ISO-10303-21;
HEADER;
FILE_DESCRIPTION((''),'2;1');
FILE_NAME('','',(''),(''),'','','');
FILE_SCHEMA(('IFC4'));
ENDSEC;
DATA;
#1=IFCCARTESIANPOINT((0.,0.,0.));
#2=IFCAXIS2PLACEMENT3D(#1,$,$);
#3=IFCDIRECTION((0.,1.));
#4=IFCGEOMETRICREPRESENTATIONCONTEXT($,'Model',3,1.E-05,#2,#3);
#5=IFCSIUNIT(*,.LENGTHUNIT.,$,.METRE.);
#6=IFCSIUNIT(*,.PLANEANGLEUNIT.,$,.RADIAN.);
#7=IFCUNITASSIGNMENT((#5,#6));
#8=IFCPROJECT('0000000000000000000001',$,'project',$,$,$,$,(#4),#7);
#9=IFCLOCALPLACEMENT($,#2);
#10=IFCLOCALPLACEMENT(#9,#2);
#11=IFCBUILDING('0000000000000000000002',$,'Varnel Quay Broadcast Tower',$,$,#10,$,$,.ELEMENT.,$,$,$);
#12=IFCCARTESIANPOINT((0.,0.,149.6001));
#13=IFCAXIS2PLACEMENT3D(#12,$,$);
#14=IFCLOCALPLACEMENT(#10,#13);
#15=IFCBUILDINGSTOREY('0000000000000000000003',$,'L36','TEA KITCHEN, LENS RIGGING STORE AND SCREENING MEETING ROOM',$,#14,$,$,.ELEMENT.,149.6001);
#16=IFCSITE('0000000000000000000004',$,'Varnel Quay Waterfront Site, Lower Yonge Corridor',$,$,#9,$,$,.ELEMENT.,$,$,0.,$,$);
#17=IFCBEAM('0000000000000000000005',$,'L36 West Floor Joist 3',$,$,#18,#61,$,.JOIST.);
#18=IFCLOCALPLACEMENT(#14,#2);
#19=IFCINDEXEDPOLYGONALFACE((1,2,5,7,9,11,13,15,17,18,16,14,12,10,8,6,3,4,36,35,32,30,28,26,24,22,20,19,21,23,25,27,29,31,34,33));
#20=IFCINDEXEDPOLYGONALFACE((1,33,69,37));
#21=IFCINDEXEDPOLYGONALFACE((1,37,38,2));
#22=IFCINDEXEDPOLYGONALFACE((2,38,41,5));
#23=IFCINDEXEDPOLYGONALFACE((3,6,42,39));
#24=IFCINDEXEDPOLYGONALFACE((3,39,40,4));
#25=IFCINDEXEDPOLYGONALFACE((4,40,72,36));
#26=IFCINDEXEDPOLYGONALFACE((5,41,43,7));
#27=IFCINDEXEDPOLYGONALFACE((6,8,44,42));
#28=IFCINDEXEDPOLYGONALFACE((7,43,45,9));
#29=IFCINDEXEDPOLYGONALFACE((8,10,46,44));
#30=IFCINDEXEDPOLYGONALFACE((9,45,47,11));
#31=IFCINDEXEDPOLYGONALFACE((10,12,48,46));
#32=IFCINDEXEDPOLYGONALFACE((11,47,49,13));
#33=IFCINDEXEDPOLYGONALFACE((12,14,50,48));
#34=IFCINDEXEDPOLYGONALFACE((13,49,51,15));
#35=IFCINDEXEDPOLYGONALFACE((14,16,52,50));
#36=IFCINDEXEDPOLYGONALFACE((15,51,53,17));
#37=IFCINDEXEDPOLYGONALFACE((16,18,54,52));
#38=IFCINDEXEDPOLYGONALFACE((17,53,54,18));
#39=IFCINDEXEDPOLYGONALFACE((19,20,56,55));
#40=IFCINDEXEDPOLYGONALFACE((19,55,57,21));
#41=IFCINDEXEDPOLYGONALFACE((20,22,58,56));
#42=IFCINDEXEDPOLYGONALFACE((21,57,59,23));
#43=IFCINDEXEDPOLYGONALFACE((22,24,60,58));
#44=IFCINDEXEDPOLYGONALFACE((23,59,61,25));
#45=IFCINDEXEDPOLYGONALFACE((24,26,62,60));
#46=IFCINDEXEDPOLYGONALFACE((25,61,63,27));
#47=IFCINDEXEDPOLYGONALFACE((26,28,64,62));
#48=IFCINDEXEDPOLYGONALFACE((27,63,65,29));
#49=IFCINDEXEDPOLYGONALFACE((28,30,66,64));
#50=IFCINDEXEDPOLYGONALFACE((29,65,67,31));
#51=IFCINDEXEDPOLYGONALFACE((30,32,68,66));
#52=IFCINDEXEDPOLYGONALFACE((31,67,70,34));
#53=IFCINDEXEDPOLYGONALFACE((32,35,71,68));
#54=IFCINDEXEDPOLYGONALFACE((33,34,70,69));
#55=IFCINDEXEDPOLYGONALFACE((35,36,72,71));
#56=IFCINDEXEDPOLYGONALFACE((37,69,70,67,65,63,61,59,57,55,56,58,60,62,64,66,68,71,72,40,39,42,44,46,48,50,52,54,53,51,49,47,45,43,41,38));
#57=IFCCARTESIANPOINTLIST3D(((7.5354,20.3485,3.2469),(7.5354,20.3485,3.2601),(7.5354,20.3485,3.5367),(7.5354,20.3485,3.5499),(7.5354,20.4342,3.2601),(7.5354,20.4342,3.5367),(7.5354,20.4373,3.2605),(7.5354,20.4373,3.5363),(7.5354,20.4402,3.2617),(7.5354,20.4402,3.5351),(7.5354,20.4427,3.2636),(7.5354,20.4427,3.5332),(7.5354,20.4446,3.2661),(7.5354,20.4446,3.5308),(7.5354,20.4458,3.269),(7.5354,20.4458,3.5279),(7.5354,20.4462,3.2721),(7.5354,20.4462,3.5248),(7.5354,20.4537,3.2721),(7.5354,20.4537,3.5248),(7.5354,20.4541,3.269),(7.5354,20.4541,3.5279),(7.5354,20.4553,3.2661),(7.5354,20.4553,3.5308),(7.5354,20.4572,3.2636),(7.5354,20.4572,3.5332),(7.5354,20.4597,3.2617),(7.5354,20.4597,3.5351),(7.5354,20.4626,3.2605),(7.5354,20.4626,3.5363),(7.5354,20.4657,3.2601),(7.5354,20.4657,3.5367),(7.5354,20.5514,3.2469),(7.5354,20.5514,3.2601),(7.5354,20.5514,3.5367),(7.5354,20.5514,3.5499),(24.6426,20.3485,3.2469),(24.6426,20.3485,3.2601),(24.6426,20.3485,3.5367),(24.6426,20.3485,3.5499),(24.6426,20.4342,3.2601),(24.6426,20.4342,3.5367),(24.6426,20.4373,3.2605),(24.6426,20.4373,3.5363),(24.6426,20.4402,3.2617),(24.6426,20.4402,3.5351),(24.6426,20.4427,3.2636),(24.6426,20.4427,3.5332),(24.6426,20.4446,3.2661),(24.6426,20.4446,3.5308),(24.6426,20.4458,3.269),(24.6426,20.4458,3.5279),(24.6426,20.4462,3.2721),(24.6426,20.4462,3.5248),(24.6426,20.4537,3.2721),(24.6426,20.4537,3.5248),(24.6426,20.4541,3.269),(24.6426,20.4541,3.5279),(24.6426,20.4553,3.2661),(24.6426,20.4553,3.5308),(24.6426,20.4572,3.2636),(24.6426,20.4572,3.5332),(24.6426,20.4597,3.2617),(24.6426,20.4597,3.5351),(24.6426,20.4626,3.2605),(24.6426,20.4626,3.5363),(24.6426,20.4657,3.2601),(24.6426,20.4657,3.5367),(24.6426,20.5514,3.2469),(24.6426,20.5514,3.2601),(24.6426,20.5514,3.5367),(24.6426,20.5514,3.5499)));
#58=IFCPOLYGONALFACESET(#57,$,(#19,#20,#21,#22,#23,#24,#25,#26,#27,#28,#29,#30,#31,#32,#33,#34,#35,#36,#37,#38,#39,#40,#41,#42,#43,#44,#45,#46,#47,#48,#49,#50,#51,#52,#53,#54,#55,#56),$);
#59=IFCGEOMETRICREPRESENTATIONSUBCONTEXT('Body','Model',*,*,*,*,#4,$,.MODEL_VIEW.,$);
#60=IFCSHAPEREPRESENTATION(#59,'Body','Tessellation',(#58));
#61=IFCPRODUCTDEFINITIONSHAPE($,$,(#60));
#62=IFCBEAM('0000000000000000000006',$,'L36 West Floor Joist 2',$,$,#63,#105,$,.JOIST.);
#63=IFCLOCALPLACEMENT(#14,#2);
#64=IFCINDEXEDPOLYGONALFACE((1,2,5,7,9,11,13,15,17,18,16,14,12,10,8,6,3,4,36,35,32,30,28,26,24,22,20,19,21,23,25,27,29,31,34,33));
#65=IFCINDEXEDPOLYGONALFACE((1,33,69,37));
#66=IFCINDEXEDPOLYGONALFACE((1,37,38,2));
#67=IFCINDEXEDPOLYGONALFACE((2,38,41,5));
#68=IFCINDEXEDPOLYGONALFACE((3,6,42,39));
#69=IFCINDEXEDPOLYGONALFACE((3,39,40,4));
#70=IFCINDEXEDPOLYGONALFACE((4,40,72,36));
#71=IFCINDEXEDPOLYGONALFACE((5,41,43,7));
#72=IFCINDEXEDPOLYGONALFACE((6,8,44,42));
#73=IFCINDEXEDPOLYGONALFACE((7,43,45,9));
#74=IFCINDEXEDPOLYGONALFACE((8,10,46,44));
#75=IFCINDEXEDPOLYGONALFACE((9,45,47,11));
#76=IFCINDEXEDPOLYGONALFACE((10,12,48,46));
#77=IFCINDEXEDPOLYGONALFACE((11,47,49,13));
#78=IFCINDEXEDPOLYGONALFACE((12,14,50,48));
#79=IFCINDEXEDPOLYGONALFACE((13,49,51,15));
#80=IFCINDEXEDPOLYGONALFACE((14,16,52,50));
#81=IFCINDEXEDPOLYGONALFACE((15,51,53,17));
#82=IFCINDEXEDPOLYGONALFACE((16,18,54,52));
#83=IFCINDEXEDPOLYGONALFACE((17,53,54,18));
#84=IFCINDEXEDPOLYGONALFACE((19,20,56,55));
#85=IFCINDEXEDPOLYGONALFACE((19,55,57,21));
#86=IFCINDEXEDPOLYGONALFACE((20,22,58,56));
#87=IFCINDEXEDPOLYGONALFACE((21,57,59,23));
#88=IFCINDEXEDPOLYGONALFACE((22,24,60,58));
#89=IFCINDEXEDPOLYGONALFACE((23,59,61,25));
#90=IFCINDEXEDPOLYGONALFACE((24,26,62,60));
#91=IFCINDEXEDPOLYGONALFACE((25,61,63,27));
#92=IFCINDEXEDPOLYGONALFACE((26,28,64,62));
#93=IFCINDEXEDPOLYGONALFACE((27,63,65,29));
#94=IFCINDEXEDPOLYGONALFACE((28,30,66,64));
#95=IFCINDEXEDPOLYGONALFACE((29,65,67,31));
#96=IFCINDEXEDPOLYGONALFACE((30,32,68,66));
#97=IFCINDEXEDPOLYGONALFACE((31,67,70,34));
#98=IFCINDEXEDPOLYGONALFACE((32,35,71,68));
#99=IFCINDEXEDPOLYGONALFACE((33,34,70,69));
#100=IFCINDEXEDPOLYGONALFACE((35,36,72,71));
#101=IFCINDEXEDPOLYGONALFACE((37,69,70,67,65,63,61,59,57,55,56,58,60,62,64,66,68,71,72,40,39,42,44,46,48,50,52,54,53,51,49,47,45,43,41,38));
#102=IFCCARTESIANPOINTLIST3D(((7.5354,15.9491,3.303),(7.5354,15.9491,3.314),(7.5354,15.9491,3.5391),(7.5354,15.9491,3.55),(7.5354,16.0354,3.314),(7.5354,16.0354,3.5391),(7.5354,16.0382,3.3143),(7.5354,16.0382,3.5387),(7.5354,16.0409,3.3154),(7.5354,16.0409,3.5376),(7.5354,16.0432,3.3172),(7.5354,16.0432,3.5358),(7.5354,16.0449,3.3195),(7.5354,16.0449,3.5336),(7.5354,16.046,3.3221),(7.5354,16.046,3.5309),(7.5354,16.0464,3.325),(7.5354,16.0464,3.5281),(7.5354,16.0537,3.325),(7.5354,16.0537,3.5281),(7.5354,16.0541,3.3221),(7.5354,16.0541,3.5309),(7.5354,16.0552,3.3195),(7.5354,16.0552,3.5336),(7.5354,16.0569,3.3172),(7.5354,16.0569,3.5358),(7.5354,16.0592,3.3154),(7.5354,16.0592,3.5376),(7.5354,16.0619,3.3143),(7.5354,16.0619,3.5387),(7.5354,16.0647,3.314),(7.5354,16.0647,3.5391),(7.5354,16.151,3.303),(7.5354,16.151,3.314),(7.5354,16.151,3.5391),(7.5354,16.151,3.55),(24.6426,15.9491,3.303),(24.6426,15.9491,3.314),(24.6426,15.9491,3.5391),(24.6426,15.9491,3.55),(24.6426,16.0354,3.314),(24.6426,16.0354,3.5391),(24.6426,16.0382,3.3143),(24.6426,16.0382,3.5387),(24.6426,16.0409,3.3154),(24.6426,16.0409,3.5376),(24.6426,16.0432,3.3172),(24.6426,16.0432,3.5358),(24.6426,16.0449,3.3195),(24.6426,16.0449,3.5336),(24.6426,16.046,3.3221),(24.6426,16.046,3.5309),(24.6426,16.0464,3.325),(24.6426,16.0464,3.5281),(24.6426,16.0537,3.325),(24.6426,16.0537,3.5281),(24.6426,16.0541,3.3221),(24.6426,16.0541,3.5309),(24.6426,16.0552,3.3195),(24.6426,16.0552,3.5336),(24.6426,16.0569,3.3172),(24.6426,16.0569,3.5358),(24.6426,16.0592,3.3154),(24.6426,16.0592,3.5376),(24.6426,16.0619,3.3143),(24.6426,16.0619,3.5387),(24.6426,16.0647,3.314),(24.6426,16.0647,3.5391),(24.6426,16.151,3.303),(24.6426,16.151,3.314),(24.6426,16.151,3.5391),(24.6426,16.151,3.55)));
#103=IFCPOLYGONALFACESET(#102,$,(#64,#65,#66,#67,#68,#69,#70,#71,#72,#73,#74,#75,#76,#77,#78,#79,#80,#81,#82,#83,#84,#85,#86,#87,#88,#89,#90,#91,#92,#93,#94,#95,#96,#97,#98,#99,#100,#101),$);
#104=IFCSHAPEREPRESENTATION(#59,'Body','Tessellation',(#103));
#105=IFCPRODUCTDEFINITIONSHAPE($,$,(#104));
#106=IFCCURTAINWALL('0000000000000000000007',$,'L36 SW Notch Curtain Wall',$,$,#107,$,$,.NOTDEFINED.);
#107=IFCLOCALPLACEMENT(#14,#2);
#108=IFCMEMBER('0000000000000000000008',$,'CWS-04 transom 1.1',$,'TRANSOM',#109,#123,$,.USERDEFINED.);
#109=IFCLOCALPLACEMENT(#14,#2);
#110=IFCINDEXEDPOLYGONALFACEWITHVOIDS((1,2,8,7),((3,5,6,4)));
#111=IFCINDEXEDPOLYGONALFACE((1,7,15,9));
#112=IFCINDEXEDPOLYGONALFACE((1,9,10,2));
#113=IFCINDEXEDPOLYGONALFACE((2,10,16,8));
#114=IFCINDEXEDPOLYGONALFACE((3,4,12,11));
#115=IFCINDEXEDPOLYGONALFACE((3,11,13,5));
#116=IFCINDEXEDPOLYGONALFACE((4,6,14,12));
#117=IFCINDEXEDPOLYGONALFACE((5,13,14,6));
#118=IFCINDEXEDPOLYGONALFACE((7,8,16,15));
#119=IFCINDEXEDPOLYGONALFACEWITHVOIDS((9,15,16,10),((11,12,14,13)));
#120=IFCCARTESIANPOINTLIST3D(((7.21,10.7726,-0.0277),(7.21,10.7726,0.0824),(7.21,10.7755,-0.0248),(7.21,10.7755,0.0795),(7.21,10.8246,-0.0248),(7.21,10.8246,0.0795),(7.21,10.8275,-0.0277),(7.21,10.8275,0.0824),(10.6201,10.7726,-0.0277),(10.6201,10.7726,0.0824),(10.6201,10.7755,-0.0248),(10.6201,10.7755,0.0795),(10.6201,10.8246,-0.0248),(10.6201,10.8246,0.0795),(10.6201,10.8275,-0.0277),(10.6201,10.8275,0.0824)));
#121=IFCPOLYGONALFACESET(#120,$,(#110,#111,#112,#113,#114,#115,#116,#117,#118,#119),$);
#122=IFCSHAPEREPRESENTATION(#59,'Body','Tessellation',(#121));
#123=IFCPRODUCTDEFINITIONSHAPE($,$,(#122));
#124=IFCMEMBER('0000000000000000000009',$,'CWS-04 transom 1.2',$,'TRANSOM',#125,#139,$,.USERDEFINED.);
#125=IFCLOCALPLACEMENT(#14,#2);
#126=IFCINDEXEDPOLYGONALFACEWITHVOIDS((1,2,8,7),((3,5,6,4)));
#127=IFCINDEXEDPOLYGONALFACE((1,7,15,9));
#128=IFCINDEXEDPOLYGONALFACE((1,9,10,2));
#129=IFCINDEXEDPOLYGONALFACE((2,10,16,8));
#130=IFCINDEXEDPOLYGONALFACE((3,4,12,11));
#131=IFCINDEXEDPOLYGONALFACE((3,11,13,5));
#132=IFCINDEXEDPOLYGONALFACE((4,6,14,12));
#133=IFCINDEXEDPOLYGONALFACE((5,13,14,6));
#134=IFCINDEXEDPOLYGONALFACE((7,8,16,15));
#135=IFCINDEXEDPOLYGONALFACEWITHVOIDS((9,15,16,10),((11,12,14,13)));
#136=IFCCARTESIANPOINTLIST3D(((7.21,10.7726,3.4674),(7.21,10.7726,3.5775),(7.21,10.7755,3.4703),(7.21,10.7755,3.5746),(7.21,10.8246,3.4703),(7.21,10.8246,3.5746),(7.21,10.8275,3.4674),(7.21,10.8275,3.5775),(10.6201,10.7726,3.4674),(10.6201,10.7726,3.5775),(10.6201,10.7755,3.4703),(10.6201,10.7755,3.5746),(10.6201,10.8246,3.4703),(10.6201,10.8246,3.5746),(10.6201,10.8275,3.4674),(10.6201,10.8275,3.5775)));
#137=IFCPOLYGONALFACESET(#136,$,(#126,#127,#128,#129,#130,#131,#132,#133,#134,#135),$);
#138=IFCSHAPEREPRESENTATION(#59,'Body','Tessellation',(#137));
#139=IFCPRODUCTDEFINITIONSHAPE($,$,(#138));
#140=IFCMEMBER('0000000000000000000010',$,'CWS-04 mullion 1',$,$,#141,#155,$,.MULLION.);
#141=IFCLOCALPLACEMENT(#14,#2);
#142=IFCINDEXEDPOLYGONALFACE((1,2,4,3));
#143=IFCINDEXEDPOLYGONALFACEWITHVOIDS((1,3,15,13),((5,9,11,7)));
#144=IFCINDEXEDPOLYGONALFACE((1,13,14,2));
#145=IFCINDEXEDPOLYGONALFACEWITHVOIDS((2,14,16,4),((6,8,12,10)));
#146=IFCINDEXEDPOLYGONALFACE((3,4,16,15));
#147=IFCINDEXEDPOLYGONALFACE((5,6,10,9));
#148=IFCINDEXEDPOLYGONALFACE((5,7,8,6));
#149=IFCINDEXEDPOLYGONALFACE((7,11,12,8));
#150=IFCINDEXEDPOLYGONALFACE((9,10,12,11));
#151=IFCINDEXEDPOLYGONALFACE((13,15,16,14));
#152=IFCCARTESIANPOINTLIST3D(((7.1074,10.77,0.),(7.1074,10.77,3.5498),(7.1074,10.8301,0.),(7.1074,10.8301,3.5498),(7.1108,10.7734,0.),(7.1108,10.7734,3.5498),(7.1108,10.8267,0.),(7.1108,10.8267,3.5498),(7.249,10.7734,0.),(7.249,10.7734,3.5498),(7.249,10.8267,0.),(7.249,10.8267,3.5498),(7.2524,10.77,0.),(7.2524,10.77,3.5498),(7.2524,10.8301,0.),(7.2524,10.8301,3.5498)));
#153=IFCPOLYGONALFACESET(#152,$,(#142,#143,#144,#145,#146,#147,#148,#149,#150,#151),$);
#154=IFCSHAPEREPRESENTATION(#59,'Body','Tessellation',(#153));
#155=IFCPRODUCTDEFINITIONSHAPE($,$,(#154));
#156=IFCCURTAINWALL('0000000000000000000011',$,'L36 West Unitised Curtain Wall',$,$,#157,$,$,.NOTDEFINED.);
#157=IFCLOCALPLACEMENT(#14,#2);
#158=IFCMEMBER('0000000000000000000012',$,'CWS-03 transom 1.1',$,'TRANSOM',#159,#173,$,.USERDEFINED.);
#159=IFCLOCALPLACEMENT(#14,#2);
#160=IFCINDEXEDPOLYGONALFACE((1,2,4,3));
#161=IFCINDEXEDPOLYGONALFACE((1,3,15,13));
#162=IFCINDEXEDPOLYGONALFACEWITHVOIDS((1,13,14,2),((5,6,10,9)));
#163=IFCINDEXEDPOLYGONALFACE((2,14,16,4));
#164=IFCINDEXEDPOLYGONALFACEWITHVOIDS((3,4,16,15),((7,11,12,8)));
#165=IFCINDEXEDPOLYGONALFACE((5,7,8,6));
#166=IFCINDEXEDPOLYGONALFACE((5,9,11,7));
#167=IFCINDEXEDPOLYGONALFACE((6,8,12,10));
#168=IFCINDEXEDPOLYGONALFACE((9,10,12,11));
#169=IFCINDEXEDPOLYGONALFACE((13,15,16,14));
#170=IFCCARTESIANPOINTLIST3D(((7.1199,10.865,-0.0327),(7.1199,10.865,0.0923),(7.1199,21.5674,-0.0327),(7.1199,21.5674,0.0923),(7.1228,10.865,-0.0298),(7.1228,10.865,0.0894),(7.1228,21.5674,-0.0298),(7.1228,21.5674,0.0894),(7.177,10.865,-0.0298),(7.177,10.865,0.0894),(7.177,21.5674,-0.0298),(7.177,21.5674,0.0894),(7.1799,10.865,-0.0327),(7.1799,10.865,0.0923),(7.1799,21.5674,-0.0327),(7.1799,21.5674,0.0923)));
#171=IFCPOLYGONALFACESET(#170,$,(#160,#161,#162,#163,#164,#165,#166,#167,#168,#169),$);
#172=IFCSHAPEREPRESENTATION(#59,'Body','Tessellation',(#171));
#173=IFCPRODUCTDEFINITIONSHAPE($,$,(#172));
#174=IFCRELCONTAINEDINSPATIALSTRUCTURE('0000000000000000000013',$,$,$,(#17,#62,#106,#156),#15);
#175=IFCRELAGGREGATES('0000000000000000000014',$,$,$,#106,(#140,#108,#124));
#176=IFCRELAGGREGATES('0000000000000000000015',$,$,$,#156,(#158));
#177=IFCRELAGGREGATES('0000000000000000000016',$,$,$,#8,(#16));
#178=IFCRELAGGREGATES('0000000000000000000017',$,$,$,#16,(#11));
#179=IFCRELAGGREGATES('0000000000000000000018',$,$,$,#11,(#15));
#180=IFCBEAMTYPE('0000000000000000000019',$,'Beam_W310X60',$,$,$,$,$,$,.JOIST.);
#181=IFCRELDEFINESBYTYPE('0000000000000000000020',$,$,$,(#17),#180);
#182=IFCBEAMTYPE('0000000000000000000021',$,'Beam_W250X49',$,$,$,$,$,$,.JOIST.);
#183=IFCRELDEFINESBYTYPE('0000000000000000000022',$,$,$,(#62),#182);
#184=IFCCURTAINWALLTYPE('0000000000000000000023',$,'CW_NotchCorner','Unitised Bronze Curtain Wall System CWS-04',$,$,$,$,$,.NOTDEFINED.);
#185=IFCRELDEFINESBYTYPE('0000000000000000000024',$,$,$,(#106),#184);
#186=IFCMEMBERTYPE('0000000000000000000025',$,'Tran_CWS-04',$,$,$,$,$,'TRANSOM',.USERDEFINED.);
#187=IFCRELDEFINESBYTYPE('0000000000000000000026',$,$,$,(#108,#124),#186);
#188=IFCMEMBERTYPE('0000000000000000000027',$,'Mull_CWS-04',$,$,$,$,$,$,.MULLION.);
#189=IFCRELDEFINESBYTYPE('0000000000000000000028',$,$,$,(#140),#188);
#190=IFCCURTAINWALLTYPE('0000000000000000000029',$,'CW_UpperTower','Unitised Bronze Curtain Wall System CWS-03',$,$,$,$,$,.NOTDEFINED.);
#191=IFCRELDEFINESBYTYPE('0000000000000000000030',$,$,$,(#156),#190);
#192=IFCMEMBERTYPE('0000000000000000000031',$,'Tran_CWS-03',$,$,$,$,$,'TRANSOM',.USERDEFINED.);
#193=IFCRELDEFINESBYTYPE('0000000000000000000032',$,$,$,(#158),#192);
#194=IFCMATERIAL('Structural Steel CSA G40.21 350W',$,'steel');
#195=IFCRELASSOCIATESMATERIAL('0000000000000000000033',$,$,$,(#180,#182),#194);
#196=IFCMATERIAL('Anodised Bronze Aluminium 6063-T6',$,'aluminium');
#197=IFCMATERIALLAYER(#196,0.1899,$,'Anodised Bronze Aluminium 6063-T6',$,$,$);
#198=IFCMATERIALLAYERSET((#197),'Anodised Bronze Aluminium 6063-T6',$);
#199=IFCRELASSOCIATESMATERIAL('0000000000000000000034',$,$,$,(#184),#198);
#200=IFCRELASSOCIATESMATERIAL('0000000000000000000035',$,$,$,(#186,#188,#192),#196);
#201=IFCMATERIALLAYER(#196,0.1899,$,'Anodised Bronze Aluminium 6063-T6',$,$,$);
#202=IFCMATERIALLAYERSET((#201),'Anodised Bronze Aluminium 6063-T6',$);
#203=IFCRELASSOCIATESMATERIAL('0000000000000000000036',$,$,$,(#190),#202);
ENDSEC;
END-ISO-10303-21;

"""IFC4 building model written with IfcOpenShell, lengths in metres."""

from ifc_helpers import new_model, si_unit, direction, frame, origin, origin_2d, place, context, subcontext, project, spatial, hollow_rectangle, i_section, extrude, source, transform, mapped, material, layer, layer_set, material_profile, profile_set, type_object, type_shapes, element, aggregate, save


model = new_model("IFC4")

# Units and contexts
model_context = context("Model", 3, precision=1e-05, world=origin(), true_north=direction((0.0, 1.0)))
body_context = subcontext(model_context, "Body", "Model", "MODEL_VIEW")
ifc_project = project(units=[si_unit("LENGTHUNIT", "METRE"), si_unit("PLANEANGLEUNIT", "RADIAN")], contexts=[model_context])

# Site, building, storey
site_placement = place(None, origin())
site = spatial("IfcSite", under=ifc_project, at=site_placement, Name="Varnel Quay Waterfront Site, Lower Yonge Corridor", CompositionType="ELEMENT", RefElevation=0.0)
building_placement = place(site_placement, origin())
building = spatial("IfcBuilding", under=site, at=building_placement, Name="Varnel Quay Broadcast Tower", CompositionType="ELEMENT")
storey_placement = place(building_placement, frame((0.0, 0.0, 149.6001)))
storey = spatial("IfcBuildingStorey", under=building, at=storey_placement, Name="L36", Description="TEA KITCHEN, LENS RIGGING STORE AND SCREENING MEETING ROOM", CompositionType="ELEMENT", Elevation=149.6001)

# Shared definitions
ifc_material_1 = material(Name="Structural Steel CSA G40.21 350W", Category="steel")

# Beams
ifc_material_profile_1 = material_profile(ifc_material_1, i_section(OverallWidth=0.2029, OverallDepth=0.303, WebThickness=0.0076, FlangeThickness=0.0132, FilletRadius=0.012, at=origin_2d()), Name="W310X60")
ifc_profile_set_1 = profile_set([ifc_material_profile_1], Name="Structural Steel CSA G40.21 350W")
beam_type_1 = type_object("IfcBeamType", Name="Beam_W310X60", PredefinedType="JOIST", material=ifc_profile_set_1)
shared_shape_1 = source(origin(), body_context, "Body", "SweptSolid", [
    extrude(i_section(OverallWidth=0.2029, OverallDepth=0.303, WebThickness=0.0076, FlangeThickness=0.0132, FilletRadius=0.012, at=origin_2d()), origin(), (0.0, 0.0, 1.0), 17.1072),
])
type_shapes(beam_type_1, [shared_shape_1])
for number, where, z_axis, x_axis, name in (
    (1, (7.5354, 20.45, 3.3984), (1.0, 0.0, 0.0), (0.0, 1.0, 0.0), "L36 West Floor Joist 3"),
):
    element("IfcBeam", number, at=place(storey_placement, frame(where, z_axis=z_axis, x_axis=x_axis)), inside=storey, type_object=beam_type_1, Name=name, PredefinedType="JOIST", context=body_context, shape_type="MappedRepresentation", body=[
        mapped(shared_shape_1, transform((0.0, 0.0, 0.0), x_axis=(1.0, 0.0, 0.0), y_axis=(0.0, 1.0, 0.0), z_axis=(0.0, 0.0, 1.0), scale=1.0)),
    ])
ifc_material_profile_2 = material_profile(ifc_material_1, i_section(OverallWidth=0.2019, OverallDepth=0.2471, WebThickness=0.0073, FlangeThickness=0.011, FilletRadius=0.011, at=origin_2d()), Name="W250X49")
ifc_profile_set_2 = profile_set([ifc_material_profile_2], Name="Structural Steel CSA G40.21 350W")
beam_type_2 = type_object("IfcBeamType", Name="Beam_W250X49", PredefinedType="JOIST", material=ifc_profile_set_2)
shared_shape_2 = source(origin(), body_context, "Body", "SweptSolid", [
    extrude(i_section(OverallWidth=0.2019, OverallDepth=0.2471, WebThickness=0.0073, FlangeThickness=0.011, FilletRadius=0.011, at=origin_2d()), origin(), (0.0, 0.0, 1.0), 17.1072),
])
type_shapes(beam_type_2, [shared_shape_2])
beam_1_placement = place(storey_placement, frame((7.5354, 16.05, 3.4265), z_axis=(1.0, 0.0, 0.0), x_axis=(0.0, 1.0, 0.0)))
element("IfcBeam", 2, at=beam_1_placement, inside=storey, type_object=beam_type_2, Name="L36 West Floor Joist 2", PredefinedType="JOIST", context=body_context, shape_type="MappedRepresentation", body=[
    mapped(shared_shape_2, transform((0.0, 0.0, 0.0), x_axis=(1.0, 0.0, 0.0), y_axis=(0.0, 1.0, 0.0), z_axis=(0.0, 0.0, 1.0), scale=1.0)),
])

# Curtain walls, members
ifc_material_2 = material(Name="Anodised Bronze Aluminium 6063-T6", Category="aluminium")
ifc_layer_1 = layer(ifc_material_2, 0.1899, Name="Anodised Bronze Aluminium 6063-T6")
ifc_layer_set_1 = layer_set([ifc_layer_1], Name="Anodised Bronze Aluminium 6063-T6")
curtain_wall_type_1 = type_object("IfcCurtainWallType", Name="CW_NotchCorner", Description="Unitised Bronze Curtain Wall System CWS-04", PredefinedType="NOTDEFINED", material=ifc_layer_set_1)
curtain_wall_1_placement = place(storey_placement, origin())
curtain_wall_1 = element("IfcCurtainWall", 3, at=curtain_wall_1_placement, inside=storey, type_object=curtain_wall_type_1, Name="L36 SW Notch Curtain Wall", PredefinedType="NOTDEFINED")
ifc_material_profile_3 = material_profile(ifc_material_2, hollow_rectangle(XDim=0.0549, YDim=0.1101, WallThickness=0.0029, at=origin_2d()), Name="ALU55X110X3")
ifc_profile_set_3 = profile_set([ifc_material_profile_3], Name="Anodised Bronze Aluminium 6063-T6")
member_type_1 = type_object("IfcMemberType", Name="Tran_CWS-04", ElementType="TRANSOM", PredefinedType="USERDEFINED", material=ifc_profile_set_3)
shared_shape_3 = source(origin(), body_context, "Body", "SweptSolid", [
    extrude(hollow_rectangle(XDim=0.0549, YDim=0.1101, WallThickness=0.0029, at=origin_2d()), origin(), (0.0, 0.0, 1.0), 3.4102),
])
type_shapes(member_type_1, [shared_shape_3])
member_1_placement = place(storey_placement, frame((7.21, 10.8, 0.0273), z_axis=(1.0, 0.0, 0.0), x_axis=(0.0, 1.0, 0.0)))
member_1 = element("IfcMember", 4, at=member_1_placement, type_object=member_type_1, Name="CWS-04 transom 1.1", ObjectType="TRANSOM", PredefinedType="USERDEFINED", context=body_context, shape_type="MappedRepresentation", body=[
    mapped(shared_shape_3, transform((0.0, 0.0, 0.0), x_axis=(1.0, 0.0, 0.0), y_axis=(0.0, 1.0, 0.0), z_axis=(0.0, 0.0, 1.0), scale=1.0)),
])
member_2_placement = place(storey_placement, frame((7.21, 10.8, 3.5225), z_axis=(1.0, 0.0, 0.0), x_axis=(0.0, 1.0, 0.0)))
member_2 = element("IfcMember", 5, at=member_2_placement, type_object=member_type_1, Name="CWS-04 transom 1.2", ObjectType="TRANSOM", PredefinedType="USERDEFINED", context=body_context, shape_type="MappedRepresentation", body=[
    mapped(shared_shape_3, transform((0.0, 0.0, 0.0), x_axis=(1.0, 0.0, 0.0), y_axis=(0.0, 1.0, 0.0), z_axis=(0.0, 0.0, 1.0), scale=1.0)),
])
ifc_material_profile_4 = material_profile(ifc_material_2, hollow_rectangle(XDim=0.0601, YDim=0.145, WallThickness=0.0034, at=origin_2d()), Name="ALU60X145X3.5")
ifc_profile_set_4 = profile_set([ifc_material_profile_4], Name="Anodised Bronze Aluminium 6063-T6")
member_type_2 = type_object("IfcMemberType", Name="Mull_CWS-04", PredefinedType="MULLION", material=ifc_profile_set_4)
shared_shape_4 = source(origin(), body_context, "Body", "SweptSolid", [
    extrude(hollow_rectangle(XDim=0.0601, YDim=0.145, WallThickness=0.0034, at=origin_2d()), origin(), (0.0, 0.0, 1.0), 3.5498),
])
type_shapes(member_type_2, [shared_shape_4])
member_3_placement = place(storey_placement, frame((7.1799, 10.8, 0.0), z_axis=(0.0, 0.0, 1.0), x_axis=(0.0, 1.0, 0.0)))
member_3 = element("IfcMember", 6, at=member_3_placement, type_object=member_type_2, Name="CWS-04 mullion 1", PredefinedType="MULLION", context=body_context, shape_type="MappedRepresentation", body=[
    mapped(shared_shape_4, transform((0.0, 0.0, 0.0), x_axis=(1.0, 0.0, 0.0), y_axis=(0.0, 1.0, 0.0), z_axis=(0.0, 0.0, 1.0), scale=1.0)),
])
aggregate(curtain_wall_1, [member_3, member_1, member_2])
ifc_layer_2 = layer(ifc_material_2, 0.1899, Name="Anodised Bronze Aluminium 6063-T6")
ifc_layer_set_2 = layer_set([ifc_layer_2], Name="Anodised Bronze Aluminium 6063-T6")
curtain_wall_type_2 = type_object("IfcCurtainWallType", Name="CW_UpperTower", Description="Unitised Bronze Curtain Wall System CWS-03", PredefinedType="NOTDEFINED", material=ifc_layer_set_2)
curtain_wall_2_placement = place(storey_placement, origin())
curtain_wall_2 = element("IfcCurtainWall", 7, at=curtain_wall_2_placement, inside=storey, type_object=curtain_wall_type_2, Name="L36 West Unitised Curtain Wall", PredefinedType="NOTDEFINED")
ifc_material_profile_5 = material_profile(ifc_material_2, hollow_rectangle(XDim=0.0601, YDim=0.125, WallThickness=0.0029, at=origin_2d()), Name="ALU60X125X3")
ifc_profile_set_5 = profile_set([ifc_material_profile_5], Name="Anodised Bronze Aluminium 6063-T6")
member_type_3 = type_object("IfcMemberType", Name="Tran_CWS-03", ElementType="TRANSOM", PredefinedType="USERDEFINED", material=ifc_profile_set_5)
shared_shape_5 = source(origin(), body_context, "Body", "SweptSolid", [
    extrude(hollow_rectangle(XDim=0.0601, YDim=0.125, WallThickness=0.0029, at=origin_2d()), origin(), (0.0, 0.0, 1.0), 10.7024),
])
type_shapes(member_type_3, [shared_shape_5])
member_4_placement = place(storey_placement, frame((7.1499, 10.865, 0.0298), z_axis=(0.0, 1.0, 0.0), x_axis=(-1.0, 0.0, 0.0)))
member_4 = element("IfcMember", 8, at=member_4_placement, type_object=member_type_3, Name="CWS-03 transom 1.1", ObjectType="TRANSOM", PredefinedType="USERDEFINED", context=body_context, shape_type="MappedRepresentation", body=[
    mapped(shared_shape_5, transform((0.0, 0.0, 0.0), x_axis=(1.0, 0.0, 0.0), y_axis=(0.0, 1.0, 0.0), z_axis=(0.0, 0.0, 1.0), scale=1.0)),
])

aggregate(curtain_wall_2, [member_4])

save(model, "model.ifc")
